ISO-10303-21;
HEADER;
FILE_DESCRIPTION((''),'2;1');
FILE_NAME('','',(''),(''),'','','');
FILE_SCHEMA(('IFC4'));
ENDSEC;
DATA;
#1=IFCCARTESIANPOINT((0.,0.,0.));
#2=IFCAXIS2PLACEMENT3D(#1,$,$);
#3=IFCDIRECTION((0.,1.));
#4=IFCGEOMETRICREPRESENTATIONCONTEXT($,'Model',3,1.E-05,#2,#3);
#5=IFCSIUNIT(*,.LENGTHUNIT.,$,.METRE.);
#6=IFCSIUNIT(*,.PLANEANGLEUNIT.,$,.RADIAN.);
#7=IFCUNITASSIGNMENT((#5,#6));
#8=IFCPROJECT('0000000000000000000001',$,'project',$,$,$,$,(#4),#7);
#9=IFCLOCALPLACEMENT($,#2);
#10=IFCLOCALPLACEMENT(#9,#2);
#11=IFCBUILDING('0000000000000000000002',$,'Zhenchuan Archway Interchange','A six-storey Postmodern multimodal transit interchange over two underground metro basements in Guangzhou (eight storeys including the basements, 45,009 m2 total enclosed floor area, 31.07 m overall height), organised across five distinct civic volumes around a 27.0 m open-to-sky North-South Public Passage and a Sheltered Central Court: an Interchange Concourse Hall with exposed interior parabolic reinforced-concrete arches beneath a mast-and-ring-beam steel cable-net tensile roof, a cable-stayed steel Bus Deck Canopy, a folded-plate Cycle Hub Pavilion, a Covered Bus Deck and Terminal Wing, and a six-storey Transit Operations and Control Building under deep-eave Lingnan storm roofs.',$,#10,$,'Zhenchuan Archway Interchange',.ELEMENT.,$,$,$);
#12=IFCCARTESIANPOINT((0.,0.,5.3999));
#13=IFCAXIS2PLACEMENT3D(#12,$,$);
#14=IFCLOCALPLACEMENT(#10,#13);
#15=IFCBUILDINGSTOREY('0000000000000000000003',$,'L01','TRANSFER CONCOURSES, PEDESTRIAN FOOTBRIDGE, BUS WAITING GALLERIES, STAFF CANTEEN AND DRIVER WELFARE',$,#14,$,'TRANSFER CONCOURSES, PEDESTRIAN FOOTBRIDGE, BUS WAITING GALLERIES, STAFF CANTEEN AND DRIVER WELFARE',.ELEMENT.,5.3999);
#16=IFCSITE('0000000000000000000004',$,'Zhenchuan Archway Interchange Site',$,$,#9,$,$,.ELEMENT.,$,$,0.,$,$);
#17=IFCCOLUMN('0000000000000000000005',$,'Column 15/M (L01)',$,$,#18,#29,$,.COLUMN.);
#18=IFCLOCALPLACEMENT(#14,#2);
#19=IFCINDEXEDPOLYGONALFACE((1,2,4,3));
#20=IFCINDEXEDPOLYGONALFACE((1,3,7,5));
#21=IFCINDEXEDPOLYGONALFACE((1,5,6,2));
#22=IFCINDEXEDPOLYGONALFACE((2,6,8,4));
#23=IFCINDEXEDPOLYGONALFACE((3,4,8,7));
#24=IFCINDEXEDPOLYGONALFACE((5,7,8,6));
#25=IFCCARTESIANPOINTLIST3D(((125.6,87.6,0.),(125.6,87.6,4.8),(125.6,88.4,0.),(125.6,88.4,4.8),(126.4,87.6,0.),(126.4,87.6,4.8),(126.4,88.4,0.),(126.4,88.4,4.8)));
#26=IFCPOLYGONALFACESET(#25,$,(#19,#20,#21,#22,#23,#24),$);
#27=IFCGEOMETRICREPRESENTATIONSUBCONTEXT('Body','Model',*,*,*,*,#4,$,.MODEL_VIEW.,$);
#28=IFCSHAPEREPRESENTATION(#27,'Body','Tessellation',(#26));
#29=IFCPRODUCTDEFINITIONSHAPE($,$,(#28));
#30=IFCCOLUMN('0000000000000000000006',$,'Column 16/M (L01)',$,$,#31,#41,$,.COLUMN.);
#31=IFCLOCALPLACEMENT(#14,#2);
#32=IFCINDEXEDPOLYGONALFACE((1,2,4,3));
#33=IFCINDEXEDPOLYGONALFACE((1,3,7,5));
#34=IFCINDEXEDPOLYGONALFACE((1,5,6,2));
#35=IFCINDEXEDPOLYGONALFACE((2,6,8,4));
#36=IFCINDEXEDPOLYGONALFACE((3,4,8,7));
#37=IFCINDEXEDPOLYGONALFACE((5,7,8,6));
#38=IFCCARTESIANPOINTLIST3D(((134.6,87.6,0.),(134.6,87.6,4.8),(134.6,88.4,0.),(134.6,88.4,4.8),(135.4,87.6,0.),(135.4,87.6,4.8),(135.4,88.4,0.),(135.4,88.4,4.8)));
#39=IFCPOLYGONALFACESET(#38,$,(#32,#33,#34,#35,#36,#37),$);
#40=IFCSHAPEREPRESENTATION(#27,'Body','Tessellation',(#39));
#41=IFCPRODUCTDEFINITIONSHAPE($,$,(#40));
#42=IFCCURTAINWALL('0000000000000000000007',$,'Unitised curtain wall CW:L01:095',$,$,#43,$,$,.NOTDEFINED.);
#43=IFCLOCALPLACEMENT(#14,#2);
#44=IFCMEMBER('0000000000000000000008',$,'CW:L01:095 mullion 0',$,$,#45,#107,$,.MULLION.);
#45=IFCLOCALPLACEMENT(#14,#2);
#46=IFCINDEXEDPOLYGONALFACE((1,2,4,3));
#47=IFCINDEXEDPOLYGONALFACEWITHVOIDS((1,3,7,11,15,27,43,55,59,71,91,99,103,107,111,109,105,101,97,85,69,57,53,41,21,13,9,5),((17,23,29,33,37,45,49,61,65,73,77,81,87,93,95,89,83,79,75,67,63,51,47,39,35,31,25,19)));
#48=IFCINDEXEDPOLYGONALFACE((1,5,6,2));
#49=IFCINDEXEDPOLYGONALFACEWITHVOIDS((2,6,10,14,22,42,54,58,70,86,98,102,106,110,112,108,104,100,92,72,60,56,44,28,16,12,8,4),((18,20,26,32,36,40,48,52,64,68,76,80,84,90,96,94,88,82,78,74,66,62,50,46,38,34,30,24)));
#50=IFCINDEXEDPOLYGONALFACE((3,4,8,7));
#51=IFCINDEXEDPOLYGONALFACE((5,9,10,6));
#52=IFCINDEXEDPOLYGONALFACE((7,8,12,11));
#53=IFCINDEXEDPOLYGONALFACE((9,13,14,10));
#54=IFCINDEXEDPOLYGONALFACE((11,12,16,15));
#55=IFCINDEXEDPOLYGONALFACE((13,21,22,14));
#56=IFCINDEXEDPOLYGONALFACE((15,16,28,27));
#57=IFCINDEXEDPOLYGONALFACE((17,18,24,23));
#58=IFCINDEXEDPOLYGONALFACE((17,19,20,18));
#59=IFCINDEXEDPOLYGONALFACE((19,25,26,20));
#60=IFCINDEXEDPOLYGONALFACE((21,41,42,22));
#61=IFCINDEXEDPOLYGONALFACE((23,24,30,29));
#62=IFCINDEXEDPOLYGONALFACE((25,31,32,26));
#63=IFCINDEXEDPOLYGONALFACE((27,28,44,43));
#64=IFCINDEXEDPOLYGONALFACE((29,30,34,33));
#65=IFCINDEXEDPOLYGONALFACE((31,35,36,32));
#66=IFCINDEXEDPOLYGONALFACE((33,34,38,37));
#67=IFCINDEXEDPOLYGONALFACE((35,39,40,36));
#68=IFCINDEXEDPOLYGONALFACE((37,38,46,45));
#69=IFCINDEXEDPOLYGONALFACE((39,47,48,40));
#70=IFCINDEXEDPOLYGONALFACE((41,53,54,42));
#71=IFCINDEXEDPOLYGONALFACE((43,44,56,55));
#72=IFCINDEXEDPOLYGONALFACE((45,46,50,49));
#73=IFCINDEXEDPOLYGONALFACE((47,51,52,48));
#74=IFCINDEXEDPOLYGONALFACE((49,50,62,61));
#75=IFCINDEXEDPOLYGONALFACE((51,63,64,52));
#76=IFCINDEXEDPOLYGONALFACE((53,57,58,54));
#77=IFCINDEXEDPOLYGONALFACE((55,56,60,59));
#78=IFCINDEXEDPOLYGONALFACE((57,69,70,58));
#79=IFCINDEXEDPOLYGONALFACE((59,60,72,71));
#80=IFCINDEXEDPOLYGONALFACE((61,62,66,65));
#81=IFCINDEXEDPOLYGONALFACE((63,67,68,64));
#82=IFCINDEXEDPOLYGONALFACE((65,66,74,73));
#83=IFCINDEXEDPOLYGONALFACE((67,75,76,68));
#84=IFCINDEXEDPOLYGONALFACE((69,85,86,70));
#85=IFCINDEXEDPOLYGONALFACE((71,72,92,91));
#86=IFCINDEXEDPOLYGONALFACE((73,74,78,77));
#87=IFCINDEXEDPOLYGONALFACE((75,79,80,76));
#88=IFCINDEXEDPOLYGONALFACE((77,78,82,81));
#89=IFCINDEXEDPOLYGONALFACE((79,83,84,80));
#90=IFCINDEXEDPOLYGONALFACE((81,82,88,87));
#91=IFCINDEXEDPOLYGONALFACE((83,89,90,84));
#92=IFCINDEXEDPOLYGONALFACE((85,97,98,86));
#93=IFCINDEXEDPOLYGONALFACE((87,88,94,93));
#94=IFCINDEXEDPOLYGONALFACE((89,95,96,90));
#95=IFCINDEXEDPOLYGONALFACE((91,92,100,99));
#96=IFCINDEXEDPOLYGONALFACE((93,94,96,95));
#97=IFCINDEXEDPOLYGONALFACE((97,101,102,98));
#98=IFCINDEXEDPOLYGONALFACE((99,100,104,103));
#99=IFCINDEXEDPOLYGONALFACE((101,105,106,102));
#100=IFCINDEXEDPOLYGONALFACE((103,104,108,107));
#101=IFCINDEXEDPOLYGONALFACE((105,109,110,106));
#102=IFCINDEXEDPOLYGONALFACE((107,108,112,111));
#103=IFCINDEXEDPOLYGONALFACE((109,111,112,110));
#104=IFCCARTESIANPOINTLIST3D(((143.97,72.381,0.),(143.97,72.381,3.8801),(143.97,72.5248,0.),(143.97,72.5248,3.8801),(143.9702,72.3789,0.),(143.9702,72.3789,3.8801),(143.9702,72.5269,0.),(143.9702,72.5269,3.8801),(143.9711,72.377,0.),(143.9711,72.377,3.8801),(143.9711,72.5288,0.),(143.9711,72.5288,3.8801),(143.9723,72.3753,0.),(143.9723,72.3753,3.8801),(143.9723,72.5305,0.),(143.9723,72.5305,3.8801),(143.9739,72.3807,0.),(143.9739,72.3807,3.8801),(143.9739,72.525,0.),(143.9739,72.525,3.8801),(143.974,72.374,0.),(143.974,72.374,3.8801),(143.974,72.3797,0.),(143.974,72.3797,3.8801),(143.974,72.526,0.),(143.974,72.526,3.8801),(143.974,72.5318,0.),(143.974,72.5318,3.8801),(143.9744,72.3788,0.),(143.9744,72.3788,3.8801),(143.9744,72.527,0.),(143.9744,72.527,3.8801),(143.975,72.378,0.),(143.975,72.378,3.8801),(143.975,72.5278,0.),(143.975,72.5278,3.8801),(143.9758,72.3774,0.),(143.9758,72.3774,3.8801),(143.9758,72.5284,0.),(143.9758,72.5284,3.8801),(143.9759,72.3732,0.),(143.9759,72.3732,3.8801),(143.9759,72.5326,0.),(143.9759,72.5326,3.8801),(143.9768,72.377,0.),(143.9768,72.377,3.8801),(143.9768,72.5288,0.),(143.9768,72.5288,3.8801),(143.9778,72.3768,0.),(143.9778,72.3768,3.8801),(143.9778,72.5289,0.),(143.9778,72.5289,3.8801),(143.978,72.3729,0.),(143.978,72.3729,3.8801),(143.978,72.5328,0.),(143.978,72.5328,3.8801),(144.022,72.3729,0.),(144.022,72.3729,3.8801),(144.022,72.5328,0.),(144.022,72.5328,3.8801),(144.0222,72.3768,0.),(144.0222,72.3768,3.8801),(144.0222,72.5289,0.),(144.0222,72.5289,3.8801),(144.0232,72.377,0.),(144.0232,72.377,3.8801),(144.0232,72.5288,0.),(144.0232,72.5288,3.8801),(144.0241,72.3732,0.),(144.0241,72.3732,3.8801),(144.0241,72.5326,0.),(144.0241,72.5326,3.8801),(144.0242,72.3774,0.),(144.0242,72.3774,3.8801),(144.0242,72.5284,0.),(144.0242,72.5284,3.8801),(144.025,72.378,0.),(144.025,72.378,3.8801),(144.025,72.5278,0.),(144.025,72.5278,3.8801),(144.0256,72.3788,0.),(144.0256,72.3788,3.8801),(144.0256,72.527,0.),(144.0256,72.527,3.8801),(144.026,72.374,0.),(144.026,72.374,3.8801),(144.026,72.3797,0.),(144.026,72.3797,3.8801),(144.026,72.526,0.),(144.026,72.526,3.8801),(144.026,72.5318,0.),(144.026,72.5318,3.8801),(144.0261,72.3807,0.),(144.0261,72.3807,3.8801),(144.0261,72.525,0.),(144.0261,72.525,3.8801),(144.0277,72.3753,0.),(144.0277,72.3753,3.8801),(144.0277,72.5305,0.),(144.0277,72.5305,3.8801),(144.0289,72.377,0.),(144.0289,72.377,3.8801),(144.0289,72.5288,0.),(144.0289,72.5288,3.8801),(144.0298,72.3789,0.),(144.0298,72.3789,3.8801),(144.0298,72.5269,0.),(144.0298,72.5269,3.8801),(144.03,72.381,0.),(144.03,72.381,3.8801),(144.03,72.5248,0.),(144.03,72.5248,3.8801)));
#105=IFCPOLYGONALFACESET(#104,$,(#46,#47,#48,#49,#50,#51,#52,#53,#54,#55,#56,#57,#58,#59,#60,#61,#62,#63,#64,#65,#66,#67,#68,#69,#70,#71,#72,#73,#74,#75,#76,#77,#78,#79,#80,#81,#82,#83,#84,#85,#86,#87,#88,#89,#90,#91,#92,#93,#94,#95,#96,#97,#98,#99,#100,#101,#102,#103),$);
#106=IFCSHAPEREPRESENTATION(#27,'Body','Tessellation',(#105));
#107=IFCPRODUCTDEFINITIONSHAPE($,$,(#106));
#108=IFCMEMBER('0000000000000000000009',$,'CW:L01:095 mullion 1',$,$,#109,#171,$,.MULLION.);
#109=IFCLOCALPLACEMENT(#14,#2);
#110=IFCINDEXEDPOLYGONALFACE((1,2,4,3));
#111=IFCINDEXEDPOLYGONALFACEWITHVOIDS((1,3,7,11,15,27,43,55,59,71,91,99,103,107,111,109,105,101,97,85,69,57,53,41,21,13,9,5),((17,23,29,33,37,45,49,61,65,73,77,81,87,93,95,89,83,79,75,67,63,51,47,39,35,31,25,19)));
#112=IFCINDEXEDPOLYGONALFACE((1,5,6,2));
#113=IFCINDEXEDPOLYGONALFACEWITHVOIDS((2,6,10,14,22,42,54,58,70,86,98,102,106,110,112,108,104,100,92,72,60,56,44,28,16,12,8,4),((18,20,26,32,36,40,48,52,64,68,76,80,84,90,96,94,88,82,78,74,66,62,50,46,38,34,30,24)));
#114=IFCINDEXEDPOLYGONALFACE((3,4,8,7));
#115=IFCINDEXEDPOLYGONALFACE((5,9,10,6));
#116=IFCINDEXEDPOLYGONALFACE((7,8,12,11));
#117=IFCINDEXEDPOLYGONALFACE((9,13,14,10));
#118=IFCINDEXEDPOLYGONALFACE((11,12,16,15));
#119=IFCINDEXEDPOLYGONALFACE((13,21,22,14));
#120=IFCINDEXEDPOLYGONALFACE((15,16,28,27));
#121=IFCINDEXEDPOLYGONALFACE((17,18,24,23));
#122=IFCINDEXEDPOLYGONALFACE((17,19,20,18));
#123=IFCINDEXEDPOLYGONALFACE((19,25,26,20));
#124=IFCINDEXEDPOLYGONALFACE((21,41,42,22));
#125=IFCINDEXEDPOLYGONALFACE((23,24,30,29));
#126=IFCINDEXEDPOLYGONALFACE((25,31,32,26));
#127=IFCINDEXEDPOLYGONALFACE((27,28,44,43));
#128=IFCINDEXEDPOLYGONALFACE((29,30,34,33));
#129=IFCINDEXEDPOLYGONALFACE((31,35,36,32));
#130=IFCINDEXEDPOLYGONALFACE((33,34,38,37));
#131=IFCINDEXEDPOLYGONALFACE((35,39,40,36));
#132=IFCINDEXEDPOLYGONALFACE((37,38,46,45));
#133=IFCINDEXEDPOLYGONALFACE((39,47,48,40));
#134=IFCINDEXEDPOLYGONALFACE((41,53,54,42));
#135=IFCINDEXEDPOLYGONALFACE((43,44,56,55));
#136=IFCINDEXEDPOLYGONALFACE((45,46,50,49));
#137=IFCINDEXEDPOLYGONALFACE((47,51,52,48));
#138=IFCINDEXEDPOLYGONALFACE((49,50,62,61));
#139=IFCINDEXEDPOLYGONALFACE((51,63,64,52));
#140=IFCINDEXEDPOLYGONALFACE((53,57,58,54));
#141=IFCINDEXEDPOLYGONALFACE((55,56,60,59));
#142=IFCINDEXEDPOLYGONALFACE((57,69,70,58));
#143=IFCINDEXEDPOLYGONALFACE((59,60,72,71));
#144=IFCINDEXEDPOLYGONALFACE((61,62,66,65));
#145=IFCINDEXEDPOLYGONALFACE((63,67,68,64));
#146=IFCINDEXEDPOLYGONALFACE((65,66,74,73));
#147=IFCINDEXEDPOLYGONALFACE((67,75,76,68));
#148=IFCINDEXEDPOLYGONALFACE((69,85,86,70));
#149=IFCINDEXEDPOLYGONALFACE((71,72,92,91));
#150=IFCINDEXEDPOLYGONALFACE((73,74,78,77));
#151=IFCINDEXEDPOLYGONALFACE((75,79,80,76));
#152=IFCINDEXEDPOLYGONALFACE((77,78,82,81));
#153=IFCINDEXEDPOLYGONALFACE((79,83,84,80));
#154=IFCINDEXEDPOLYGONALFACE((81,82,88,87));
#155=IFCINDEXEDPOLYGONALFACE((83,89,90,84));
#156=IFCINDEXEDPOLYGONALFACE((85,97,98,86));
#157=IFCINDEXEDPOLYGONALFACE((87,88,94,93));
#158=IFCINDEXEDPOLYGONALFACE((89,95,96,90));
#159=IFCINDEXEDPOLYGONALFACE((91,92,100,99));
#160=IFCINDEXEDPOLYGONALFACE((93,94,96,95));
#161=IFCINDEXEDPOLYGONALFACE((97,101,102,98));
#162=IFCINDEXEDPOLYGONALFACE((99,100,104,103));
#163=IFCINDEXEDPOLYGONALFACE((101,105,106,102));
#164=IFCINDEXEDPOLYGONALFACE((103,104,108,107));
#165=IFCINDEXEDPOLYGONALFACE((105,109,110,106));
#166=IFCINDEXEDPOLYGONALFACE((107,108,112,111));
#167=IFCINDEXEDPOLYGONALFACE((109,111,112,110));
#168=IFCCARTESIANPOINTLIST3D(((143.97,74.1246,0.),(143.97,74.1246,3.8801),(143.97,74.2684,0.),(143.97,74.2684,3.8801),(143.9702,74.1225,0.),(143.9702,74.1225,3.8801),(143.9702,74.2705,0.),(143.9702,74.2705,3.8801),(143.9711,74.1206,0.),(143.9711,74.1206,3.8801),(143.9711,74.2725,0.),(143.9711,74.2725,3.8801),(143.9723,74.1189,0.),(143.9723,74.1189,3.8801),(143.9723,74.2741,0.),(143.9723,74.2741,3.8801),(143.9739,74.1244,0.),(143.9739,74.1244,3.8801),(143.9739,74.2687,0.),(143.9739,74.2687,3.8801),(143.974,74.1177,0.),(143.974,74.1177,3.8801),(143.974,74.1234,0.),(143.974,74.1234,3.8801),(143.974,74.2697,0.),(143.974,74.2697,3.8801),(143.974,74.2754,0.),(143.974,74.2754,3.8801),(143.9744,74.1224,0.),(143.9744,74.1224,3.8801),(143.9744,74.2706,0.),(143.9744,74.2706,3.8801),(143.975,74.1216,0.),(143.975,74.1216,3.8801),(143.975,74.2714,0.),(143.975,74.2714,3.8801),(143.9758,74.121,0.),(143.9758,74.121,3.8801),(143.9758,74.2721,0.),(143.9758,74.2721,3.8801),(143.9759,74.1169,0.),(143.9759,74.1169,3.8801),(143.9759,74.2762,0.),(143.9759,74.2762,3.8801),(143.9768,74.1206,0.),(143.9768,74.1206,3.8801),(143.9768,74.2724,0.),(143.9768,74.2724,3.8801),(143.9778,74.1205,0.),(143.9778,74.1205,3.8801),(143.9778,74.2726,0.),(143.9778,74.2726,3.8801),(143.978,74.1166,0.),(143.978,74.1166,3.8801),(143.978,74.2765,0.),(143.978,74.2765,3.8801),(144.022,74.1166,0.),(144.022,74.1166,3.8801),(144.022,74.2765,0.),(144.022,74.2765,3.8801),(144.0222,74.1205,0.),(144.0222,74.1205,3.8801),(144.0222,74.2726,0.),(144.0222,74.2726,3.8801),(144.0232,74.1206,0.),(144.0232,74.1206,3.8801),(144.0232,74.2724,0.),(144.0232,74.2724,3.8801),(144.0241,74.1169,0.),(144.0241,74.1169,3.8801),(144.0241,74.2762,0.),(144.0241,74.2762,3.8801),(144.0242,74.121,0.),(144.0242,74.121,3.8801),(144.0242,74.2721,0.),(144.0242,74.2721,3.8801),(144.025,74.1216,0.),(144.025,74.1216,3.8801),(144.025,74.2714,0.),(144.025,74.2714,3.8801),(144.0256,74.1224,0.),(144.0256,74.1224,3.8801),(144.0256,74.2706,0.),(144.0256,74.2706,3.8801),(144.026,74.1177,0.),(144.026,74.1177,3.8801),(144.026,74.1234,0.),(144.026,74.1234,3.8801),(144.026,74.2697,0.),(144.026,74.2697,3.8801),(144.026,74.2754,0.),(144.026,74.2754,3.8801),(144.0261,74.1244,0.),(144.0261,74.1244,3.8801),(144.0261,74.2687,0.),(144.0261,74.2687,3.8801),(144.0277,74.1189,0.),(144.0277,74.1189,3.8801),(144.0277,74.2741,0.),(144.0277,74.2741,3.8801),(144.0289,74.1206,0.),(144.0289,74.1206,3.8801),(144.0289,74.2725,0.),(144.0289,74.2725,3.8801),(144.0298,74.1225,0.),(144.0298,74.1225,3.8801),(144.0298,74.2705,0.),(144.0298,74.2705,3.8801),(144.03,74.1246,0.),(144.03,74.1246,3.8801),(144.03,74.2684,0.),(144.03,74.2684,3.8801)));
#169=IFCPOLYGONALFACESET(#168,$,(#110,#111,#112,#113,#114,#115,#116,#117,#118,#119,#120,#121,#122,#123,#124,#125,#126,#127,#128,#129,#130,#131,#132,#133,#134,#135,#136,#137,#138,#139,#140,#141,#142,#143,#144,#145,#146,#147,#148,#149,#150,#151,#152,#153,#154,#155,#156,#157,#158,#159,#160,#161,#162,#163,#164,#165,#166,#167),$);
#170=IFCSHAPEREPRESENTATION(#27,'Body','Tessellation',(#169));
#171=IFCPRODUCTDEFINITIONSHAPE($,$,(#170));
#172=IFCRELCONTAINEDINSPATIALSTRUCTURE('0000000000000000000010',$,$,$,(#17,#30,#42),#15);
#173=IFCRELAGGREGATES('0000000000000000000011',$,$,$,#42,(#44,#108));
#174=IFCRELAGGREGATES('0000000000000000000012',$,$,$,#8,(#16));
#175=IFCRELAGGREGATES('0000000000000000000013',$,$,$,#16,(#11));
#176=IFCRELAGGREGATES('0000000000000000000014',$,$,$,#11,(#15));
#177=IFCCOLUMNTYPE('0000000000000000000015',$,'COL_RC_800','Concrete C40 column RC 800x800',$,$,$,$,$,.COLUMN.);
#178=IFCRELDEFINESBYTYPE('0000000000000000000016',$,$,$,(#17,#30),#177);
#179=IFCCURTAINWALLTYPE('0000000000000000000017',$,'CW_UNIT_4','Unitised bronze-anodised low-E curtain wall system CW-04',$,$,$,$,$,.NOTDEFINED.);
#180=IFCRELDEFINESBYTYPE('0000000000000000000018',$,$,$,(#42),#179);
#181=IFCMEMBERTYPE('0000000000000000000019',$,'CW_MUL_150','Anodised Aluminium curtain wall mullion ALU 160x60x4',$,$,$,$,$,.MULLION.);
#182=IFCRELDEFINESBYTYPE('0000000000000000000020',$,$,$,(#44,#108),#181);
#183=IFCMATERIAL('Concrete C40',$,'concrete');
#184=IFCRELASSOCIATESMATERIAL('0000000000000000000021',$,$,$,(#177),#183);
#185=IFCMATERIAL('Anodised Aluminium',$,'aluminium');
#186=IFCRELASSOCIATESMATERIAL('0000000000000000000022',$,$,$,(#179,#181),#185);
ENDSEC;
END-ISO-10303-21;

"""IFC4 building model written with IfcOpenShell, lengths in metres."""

from ifc_helpers import new_model, si_unit, direction, frame, origin, origin_2d, place, context, subcontext, project, spatial, rectangle, hollow_rectangle, extrude, material, material_profile, profile_set, type_object, element, aggregate, save


model = new_model("IFC4")

# Units and contexts
model_context = context("Model", 3, precision=1e-05, world=origin(), true_north=direction((0.0, 1.0)))
body_context = subcontext(model_context, "Body", "Model", "MODEL_VIEW")
ifc_project = project(units=[si_unit("LENGTHUNIT", "METRE"), si_unit("PLANEANGLEUNIT", "RADIAN")], contexts=[model_context])

# Site, building, storey
site_placement = place(None, origin())
site = spatial("IfcSite", under=ifc_project, at=site_placement, Name="Zhenchuan Archway Interchange Site", CompositionType="ELEMENT", RefElevation=0.0)
building_placement = place(site_placement, origin())
building = spatial("IfcBuilding", under=site, at=building_placement, Name="Zhenchuan Archway Interchange", Description="A six-storey Postmodern multimodal transit interchange over two underground metro basements in Guangzhou (eight storeys including the basements, 45,009 m2 total enclosed floor area, 31.07 m overall height), organised across five distinct civic volumes around a 27.0 m open-to-sky North-South Public Passage and a Sheltered Central Court: an Interchange Concourse Hall with exposed interior parabolic reinforced-concrete arches beneath a mast-and-ring-beam steel cable-net tensile roof, a cable-stayed steel Bus Deck Canopy, a folded-plate Cycle Hub Pavilion, a Covered Bus Deck and Terminal Wing, and a six-storey Transit Operations and Control Building under deep-eave Lingnan storm roofs.", LongName="Zhenchuan Archway Interchange", CompositionType="ELEMENT")
storey_placement = place(building_placement, frame((0.0, 0.0, 5.3999)))
storey = spatial("IfcBuildingStorey", under=building, at=storey_placement, Name="L01", Description="TRANSFER CONCOURSES, PEDESTRIAN FOOTBRIDGE, BUS WAITING GALLERIES, STAFF CANTEEN AND DRIVER WELFARE", LongName="TRANSFER CONCOURSES, PEDESTRIAN FOOTBRIDGE, BUS WAITING GALLERIES, STAFF CANTEEN AND DRIVER WELFARE", CompositionType="ELEMENT", Elevation=5.3999)

# Columns
ifc_material_1 = material(Name="Concrete C40", Category="concrete")
ifc_material_profile_1 = material_profile(ifc_material_1, rectangle(XDim=0.8, YDim=0.8, at=origin_2d()), Name="RC 800x800")
ifc_profile_set_1 = profile_set([ifc_material_profile_1], Name="Concrete C40")
column_type = type_object("IfcColumnType", Name="COL_RC_800", Description="Concrete C40 column RC 800x800", PredefinedType="COLUMN", material=ifc_profile_set_1)
for number, where, z_axis, x_axis, name in (
    (1, (126.0, 88.0, 0.0), (0.0, 0.0, 1.0), (1.0, 0.0, 0.0), "Column 15/M (L01)"),
    (2, (135.0, 88.0, 0.0), (0.0, 0.0, 1.0), (1.0, 0.0, 0.0), "Column 16/M (L01)"),
):
    element("IfcColumn", number, at=place(storey_placement, frame(where, z_axis=z_axis, x_axis=x_axis)), inside=storey, type_object=column_type, Name=name, PredefinedType="COLUMN", context=body_context, shape_type="SweptSolid", body=[
        extrude(rectangle(XDim=0.8, YDim=0.8, at=origin_2d()), origin(), (0.0, 0.0, 1.0), 4.8),
    ])

# Curtain wall, members
ifc_material_2 = material(Name="Anodised Aluminium", Category="aluminium")
curtain_wall_type_1 = type_object("IfcCurtainWallType", Name="CW_UNIT_4", Description="Unitised bronze-anodised low-E curtain wall system CW-04", PredefinedType="NOTDEFINED", material=ifc_material_2)
curtain_wall_1_placement = place(storey_placement, origin())
curtain_wall_1 = element("IfcCurtainWall", 3, at=curtain_wall_1_placement, inside=storey, type_object=curtain_wall_type_1, Name="Unitised curtain wall CW:L01:095", PredefinedType="NOTDEFINED")
ifc_material_profile_2 = material_profile(ifc_material_2, hollow_rectangle(XDim=0.0601, YDim=0.1599, WallThickness=0.0039, InnerFilletRadius=0.0039, OuterFilletRadius=0.0081, at=origin_2d()), Name="ALU 160x60x4")
ifc_profile_set_2 = profile_set([ifc_material_profile_2], Name="Anodised Aluminium")
member_type_1 = type_object("IfcMemberType", Name="CW_MUL_150", Description="Anodised Aluminium curtain wall mullion ALU 160x60x4", PredefinedType="MULLION", material=ifc_profile_set_2)
member_1_placement = place(storey_placement, frame((144.0, 72.4529, 0.0), z_axis=(0.0, 0.0, 1.0), x_axis=(1.0, 0.0, 0.0)))
member_1 = element("IfcMember", 4, at=member_1_placement, type_object=member_type_1, Name="CW:L01:095 mullion 0", PredefinedType="MULLION", context=body_context, shape_type="SweptSolid", body=[
    extrude(hollow_rectangle(XDim=0.0601, YDim=0.1599, WallThickness=0.0039, InnerFilletRadius=0.0039, OuterFilletRadius=0.0081, at=origin_2d()), origin(), (0.0, 0.0, 1.0), 3.8801),
])
member_2_placement = place(storey_placement, frame((144.0, 74.1965, 0.0), z_axis=(0.0, 0.0, 1.0), x_axis=(1.0, 0.0, 0.0)))
member_2 = element("IfcMember", 5, at=member_2_placement, type_object=member_type_1, Name="CW:L01:095 mullion 1", PredefinedType="MULLION", context=body_context, shape_type="SweptSolid", body=[
    extrude(hollow_rectangle(XDim=0.0601, YDim=0.1599, WallThickness=0.0039, InnerFilletRadius=0.0039, OuterFilletRadius=0.0081, at=origin_2d()), origin(), (0.0, 0.0, 1.0), 3.8801),
])

aggregate(curtain_wall_1, [member_1, member_2])

save(model, "model.ifc")
